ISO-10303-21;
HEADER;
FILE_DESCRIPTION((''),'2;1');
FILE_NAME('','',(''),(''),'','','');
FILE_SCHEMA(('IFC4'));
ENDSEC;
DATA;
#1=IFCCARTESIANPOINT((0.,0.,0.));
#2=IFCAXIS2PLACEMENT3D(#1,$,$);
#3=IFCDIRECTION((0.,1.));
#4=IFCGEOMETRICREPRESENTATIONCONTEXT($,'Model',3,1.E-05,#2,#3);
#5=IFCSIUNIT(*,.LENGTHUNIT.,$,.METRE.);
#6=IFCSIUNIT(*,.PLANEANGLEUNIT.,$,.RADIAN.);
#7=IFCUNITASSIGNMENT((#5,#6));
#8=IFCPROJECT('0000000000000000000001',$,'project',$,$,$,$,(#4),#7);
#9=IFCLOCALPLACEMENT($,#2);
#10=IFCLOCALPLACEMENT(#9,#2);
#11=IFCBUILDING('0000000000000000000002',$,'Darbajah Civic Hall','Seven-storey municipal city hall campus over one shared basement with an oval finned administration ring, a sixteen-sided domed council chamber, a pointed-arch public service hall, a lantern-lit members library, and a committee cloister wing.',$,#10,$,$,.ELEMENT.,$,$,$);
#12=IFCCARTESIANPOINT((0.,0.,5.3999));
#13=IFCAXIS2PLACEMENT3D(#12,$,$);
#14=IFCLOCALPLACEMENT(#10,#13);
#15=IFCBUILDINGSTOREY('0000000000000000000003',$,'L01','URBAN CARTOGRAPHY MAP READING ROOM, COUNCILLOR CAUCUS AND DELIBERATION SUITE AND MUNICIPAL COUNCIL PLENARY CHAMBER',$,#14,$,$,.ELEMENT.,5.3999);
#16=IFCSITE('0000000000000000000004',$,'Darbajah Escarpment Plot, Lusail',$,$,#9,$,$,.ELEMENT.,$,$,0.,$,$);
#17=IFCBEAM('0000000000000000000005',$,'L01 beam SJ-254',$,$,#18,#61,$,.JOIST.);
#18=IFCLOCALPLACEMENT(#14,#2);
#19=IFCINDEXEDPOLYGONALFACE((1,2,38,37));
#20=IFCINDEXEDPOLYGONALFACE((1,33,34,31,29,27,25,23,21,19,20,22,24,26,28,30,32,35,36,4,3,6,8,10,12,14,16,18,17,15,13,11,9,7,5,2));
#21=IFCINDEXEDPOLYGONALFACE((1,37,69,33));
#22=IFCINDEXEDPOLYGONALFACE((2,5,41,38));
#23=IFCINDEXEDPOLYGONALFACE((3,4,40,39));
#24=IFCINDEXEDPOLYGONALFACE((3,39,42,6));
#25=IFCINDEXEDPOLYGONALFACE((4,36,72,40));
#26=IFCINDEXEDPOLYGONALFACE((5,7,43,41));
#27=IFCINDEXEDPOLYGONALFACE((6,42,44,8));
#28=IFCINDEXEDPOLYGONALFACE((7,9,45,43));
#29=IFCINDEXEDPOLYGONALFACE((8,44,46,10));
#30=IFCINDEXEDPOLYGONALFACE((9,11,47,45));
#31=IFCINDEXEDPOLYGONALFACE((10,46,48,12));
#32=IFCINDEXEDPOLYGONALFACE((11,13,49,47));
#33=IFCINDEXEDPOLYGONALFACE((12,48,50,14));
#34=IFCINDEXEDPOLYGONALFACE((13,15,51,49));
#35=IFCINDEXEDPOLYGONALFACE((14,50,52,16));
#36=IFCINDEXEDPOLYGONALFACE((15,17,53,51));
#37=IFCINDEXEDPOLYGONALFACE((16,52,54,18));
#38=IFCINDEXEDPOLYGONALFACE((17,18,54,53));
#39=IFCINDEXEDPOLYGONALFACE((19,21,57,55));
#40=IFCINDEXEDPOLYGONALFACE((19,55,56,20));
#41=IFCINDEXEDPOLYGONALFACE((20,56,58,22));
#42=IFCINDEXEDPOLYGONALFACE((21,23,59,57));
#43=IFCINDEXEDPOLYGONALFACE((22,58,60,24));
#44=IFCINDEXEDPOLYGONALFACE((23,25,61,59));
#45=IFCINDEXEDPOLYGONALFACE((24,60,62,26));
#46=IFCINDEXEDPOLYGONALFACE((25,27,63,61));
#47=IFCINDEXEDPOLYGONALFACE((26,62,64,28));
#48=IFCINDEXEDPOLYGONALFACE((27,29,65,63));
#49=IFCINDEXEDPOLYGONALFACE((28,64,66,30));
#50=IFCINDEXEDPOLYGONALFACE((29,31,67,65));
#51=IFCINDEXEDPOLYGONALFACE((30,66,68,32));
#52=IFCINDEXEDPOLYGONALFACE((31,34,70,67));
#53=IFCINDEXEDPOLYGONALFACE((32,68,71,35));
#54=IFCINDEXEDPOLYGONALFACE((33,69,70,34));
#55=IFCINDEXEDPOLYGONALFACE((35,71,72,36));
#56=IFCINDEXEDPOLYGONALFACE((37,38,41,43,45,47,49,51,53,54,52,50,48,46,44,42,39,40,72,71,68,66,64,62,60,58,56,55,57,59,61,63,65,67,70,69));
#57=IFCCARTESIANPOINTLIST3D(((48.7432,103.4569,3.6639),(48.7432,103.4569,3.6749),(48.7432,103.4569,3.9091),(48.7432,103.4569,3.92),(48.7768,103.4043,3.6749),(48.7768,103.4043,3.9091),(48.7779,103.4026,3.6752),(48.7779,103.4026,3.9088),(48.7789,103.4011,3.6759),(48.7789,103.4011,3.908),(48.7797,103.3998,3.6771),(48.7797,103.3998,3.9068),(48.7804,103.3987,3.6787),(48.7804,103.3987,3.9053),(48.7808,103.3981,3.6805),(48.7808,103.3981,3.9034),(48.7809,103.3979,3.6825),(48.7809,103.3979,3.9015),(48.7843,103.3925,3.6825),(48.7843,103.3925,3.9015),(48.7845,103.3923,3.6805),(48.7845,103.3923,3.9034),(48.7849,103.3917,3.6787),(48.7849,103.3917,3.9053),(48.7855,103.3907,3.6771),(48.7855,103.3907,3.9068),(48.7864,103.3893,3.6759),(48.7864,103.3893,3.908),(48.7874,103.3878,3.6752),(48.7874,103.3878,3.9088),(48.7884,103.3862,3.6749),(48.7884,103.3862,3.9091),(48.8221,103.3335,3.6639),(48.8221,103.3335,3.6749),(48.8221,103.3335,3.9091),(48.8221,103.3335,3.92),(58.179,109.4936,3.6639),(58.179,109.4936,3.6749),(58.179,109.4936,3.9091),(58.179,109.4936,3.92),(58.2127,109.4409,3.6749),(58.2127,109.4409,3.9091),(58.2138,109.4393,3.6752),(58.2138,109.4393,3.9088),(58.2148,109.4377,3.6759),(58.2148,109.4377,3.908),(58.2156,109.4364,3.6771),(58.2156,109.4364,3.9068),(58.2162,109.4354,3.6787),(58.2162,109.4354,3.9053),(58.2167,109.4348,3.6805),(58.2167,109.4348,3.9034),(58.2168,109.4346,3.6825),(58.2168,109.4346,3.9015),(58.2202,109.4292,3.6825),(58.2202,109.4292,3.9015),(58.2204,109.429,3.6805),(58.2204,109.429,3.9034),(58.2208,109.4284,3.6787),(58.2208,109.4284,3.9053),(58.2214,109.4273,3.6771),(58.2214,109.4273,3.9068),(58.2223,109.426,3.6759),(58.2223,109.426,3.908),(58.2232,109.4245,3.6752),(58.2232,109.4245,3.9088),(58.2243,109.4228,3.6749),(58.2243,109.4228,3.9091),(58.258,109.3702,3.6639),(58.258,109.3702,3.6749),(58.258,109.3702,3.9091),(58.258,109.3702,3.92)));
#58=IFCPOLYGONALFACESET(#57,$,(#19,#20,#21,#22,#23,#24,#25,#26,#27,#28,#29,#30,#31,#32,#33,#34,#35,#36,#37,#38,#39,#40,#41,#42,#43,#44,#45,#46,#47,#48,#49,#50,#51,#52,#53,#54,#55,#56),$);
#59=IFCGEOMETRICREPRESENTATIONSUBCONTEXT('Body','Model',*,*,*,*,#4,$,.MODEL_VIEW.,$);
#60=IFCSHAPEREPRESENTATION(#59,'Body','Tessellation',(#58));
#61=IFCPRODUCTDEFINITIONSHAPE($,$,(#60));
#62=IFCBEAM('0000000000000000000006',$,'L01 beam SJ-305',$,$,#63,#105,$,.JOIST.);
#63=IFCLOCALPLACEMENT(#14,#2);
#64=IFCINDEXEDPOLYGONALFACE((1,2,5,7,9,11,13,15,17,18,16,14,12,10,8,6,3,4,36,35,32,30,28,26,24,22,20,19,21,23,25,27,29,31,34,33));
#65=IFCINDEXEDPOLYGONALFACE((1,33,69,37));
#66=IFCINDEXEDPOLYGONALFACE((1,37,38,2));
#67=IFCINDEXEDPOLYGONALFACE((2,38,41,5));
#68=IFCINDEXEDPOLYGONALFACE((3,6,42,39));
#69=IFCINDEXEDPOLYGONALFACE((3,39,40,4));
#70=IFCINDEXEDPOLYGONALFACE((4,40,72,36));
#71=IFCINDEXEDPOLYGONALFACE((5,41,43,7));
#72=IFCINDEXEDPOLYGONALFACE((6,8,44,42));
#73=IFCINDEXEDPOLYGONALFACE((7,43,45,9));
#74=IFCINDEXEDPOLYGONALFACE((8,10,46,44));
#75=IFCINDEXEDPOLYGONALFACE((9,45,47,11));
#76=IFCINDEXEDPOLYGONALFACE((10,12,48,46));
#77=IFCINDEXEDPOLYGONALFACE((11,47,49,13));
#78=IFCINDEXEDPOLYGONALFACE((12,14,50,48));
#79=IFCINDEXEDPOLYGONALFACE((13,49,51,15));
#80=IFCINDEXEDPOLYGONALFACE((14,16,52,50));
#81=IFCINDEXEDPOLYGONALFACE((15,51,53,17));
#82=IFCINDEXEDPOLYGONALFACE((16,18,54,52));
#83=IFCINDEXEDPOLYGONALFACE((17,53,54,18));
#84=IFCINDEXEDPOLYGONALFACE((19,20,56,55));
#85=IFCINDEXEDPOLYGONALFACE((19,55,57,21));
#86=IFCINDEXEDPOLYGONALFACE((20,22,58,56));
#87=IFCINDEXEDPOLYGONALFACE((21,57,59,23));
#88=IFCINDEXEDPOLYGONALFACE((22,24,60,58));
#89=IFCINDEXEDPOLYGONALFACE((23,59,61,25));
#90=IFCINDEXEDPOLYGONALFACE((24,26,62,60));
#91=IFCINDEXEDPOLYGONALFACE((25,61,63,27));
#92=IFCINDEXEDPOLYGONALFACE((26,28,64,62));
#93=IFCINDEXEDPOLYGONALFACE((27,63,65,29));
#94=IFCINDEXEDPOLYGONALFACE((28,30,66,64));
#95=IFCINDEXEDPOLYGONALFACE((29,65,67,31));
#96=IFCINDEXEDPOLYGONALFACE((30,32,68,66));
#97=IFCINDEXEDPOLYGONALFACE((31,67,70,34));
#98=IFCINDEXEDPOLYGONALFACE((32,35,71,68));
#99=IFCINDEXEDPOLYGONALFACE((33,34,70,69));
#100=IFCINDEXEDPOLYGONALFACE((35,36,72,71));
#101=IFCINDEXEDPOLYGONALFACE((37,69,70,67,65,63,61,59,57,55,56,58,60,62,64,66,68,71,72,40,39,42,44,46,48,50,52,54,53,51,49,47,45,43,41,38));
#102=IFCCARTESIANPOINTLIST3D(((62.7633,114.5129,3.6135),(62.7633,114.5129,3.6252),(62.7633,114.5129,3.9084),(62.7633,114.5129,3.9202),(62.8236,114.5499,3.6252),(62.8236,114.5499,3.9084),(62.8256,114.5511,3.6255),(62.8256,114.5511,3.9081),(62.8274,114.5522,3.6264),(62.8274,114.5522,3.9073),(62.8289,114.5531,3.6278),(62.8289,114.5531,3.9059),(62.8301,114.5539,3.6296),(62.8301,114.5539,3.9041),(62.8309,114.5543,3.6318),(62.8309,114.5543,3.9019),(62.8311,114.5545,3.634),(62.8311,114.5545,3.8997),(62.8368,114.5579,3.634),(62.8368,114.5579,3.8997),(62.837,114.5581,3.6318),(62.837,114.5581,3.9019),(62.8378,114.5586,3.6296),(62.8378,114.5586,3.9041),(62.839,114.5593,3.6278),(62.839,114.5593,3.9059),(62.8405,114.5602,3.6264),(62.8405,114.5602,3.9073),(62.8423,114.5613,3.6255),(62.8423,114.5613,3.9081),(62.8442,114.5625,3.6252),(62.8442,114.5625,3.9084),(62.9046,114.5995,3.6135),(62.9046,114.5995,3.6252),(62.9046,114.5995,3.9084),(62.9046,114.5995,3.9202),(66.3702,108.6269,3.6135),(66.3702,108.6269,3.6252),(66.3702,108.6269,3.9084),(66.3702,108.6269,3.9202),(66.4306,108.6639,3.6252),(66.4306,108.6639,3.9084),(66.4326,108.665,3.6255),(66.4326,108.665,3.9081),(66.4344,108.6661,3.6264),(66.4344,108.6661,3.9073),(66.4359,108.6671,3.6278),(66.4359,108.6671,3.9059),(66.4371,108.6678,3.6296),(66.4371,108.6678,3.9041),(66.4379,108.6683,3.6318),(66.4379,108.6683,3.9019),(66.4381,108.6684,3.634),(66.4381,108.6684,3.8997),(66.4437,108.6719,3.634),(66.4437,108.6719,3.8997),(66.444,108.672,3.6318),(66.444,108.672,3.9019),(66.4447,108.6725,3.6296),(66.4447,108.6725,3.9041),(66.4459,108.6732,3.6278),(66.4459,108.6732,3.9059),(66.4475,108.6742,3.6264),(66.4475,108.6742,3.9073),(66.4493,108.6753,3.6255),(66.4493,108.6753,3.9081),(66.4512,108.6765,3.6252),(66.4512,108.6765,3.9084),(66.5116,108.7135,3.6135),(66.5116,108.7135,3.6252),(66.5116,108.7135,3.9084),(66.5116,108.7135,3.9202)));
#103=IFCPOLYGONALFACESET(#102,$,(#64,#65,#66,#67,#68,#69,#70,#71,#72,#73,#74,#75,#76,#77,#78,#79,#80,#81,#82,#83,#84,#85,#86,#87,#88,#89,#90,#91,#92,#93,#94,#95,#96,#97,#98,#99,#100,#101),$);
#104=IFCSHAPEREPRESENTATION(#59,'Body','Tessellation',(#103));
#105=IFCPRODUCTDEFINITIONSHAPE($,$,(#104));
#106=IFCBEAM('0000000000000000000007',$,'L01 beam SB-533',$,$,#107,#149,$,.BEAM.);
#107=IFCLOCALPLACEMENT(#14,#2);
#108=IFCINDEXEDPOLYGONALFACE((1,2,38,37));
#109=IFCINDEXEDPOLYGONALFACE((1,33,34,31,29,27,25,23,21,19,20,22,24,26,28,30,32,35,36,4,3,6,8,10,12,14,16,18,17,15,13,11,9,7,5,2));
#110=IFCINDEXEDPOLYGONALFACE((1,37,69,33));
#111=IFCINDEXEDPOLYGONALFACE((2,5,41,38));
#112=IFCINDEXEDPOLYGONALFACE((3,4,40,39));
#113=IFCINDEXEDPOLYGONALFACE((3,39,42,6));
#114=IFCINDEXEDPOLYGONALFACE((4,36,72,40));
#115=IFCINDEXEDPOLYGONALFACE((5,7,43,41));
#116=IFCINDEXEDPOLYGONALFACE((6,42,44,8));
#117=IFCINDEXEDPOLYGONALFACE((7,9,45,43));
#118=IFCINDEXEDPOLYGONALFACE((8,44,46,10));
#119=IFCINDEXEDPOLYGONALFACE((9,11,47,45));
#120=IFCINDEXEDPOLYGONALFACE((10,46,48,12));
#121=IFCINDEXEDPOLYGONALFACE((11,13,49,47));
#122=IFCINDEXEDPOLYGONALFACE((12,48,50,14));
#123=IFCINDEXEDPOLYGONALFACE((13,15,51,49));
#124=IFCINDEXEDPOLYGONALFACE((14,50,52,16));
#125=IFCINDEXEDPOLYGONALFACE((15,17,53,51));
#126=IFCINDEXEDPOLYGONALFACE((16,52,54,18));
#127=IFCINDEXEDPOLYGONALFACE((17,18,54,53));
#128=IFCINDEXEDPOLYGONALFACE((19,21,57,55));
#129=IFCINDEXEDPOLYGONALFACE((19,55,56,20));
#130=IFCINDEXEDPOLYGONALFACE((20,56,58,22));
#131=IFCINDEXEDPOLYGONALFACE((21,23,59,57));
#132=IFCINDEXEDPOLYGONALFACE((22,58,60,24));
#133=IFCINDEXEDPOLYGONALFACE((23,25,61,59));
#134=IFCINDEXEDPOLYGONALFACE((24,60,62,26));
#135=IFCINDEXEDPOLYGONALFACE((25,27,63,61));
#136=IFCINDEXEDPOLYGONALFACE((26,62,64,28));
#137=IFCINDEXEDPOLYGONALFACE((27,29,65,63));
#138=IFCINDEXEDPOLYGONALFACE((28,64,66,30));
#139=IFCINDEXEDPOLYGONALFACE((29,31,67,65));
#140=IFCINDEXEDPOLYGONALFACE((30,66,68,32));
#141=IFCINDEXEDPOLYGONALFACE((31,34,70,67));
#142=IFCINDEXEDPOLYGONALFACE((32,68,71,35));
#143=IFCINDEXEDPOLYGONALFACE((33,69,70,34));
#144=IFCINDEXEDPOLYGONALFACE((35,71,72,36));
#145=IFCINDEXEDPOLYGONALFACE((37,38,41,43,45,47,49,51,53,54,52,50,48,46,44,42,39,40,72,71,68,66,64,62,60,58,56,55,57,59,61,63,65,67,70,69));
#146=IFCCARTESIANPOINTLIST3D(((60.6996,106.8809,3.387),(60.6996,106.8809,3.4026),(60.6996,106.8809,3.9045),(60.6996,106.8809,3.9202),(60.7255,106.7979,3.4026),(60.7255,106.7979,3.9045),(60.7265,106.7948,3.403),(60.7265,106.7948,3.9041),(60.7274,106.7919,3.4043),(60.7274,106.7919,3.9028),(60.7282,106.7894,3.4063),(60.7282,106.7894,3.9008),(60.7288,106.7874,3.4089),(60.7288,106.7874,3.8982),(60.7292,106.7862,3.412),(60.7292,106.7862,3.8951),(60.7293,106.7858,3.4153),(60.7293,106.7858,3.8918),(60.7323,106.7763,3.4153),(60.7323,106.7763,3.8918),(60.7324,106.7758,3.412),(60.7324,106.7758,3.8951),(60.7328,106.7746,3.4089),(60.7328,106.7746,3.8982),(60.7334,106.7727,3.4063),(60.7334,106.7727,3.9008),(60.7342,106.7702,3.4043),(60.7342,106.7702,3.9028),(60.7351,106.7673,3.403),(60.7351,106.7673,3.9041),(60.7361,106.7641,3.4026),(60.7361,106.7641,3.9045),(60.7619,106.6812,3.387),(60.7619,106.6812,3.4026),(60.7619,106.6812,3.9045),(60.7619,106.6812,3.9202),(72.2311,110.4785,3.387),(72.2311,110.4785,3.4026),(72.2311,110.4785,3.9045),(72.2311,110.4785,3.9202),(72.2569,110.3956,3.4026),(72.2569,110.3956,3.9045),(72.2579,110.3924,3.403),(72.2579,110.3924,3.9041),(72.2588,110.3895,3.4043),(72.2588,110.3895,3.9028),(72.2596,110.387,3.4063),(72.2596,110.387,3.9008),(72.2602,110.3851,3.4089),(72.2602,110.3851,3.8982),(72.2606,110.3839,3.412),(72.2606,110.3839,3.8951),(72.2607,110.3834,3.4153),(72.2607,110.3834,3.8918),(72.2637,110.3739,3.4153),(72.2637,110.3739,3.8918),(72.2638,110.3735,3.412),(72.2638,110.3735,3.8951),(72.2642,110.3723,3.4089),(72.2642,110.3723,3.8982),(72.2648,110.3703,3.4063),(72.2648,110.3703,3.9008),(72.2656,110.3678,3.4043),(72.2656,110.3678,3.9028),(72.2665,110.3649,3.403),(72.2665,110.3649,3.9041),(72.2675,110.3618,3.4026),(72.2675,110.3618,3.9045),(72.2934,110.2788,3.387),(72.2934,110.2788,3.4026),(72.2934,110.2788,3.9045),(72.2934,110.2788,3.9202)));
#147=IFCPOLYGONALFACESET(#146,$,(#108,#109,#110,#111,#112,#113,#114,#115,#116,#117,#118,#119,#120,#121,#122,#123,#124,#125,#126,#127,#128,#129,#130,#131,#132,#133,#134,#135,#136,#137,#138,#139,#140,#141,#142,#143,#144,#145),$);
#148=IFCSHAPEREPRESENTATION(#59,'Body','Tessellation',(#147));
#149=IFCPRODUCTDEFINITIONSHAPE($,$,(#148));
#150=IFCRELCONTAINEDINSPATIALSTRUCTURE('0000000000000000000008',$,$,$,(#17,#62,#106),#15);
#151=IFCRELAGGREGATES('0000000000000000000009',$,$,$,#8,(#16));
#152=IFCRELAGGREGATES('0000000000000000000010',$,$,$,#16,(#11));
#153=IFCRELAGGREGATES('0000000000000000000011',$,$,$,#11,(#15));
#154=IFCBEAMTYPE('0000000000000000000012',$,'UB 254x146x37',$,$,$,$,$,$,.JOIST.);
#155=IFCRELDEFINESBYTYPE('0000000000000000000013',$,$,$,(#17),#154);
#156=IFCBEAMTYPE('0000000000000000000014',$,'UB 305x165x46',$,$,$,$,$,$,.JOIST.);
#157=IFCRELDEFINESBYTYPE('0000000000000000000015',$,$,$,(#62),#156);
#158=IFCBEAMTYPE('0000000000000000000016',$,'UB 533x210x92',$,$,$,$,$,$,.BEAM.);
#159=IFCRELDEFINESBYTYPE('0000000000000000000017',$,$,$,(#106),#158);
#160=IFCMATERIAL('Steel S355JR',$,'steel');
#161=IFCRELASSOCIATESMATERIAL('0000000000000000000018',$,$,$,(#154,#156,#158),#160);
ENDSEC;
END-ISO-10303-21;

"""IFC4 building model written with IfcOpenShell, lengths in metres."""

from ifc_helpers import new_model, si_unit, direction, frame, origin, origin_2d, place, context, subcontext, project, spatial, i_section, extrude, material, material_profile, profile_set, type_object, element, save


model = new_model("IFC4")

# Units and contexts
model_context = context("Model", 3, precision=1e-05, world=origin(), true_north=direction((0.0, 1.0)))
body_context = subcontext(model_context, "Body", "Model", "MODEL_VIEW")
ifc_project = project(units=[si_unit("LENGTHUNIT", "METRE"), si_unit("PLANEANGLEUNIT", "RADIAN")], contexts=[model_context])

# Site, building, storey
site_placement = place(None, origin())
site = spatial("IfcSite", under=ifc_project, at=site_placement, Name="Darbajah Escarpment Plot, Lusail", CompositionType="ELEMENT", RefElevation=0.0)
building_placement = place(site_placement, origin())
building = spatial("IfcBuilding", under=site, at=building_placement, Name="Darbajah Civic Hall", Description="Seven-storey municipal city hall campus over one shared basement with an oval finned administration ring, a sixteen-sided domed council chamber, a pointed-arch public service hall, a lantern-lit members library, and a committee cloister wing.", CompositionType="ELEMENT")
storey_placement = place(building_placement, frame((0.0, 0.0, 5.3999)))
storey = spatial("IfcBuildingStorey", under=building, at=storey_placement, Name="L01", Description="URBAN CARTOGRAPHY MAP READING ROOM, COUNCILLOR CAUCUS AND DELIBERATION SUITE AND MUNICIPAL COUNCIL PLENARY CHAMBER", CompositionType="ELEMENT", Elevation=5.3999)

# Beams
ifc_material_1 = material(Name="Steel S355JR", Category="steel")
ifc_material_profile_1 = material_profile(ifc_material_1, i_section(OverallWidth=0.1465, OverallDepth=0.2561, WebThickness=0.0063, FlangeThickness=0.011, FilletRadius=0.0076, at=origin_2d()), Name="UB 254x146x37")
ifc_profile_set_1 = profile_set([ifc_material_profile_1], Name="Steel S355JR")
beam_type_1 = type_object("IfcBeamType", Name="UB 254x146x37", PredefinedType="JOIST", material=ifc_profile_set_1)
beam_1_placement = place(storey_placement, frame((58.2185, 109.4319, 3.792), z_axis=(-0.842364, -0.538909, 0.0), x_axis=(0.538909, -0.842364, 0.0)))
element("IfcBeam", 1, at=beam_1_placement, inside=storey, type_object=beam_type_1, Name="L01 beam SJ-254", PredefinedType="JOIST", context=body_context, shape_type="SweptSolid", body=[
    extrude(i_section(OverallWidth=0.1465, OverallDepth=0.2561, WebThickness=0.0063, FlangeThickness=0.011, FilletRadius=0.0076, at=origin_2d()), origin(), (0.0, 0.0, 1.0), 11.2017),
])
ifc_material_profile_2 = material_profile(ifc_material_1, i_section(OverallWidth=0.1658, OverallDepth=0.3066, WebThickness=0.0066, FlangeThickness=0.0117, FilletRadius=0.0088, at=origin_2d()), Name="UB 305x165x46")
ifc_profile_set_2 = profile_set([ifc_material_profile_2], Name="Steel S355JR")
beam_type_2 = type_object("IfcBeamType", Name="UB 305x165x46", PredefinedType="JOIST", material=ifc_profile_set_2)
beam_2_placement = place(storey_placement, frame((66.4409, 108.6702, 3.7668), z_axis=(-0.522498, 0.85264, 0.0), x_axis=(-0.85264, -0.522498, 0.0)))
element("IfcBeam", 2, at=beam_2_placement, inside=storey, type_object=beam_type_2, Name="L01 beam SJ-305", PredefinedType="JOIST", context=body_context, shape_type="SweptSolid", body=[
    extrude(i_section(OverallWidth=0.1658, OverallDepth=0.3066, WebThickness=0.0066, FlangeThickness=0.0117, FilletRadius=0.0088, at=origin_2d()), origin(), (0.0, 0.0, 1.0), 6.9033),
])
ifc_material_profile_3 = material_profile(ifc_material_1, i_section(OverallWidth=0.2092, OverallDepth=0.5332, WebThickness=0.01, FlangeThickness=0.0156, FilletRadius=0.0127, at=origin_2d()), Name="UB 533x210x92")
ifc_profile_set_3 = profile_set([ifc_material_profile_3], Name="Steel S355JR")
beam_type_3 = type_object("IfcBeamType", Name="UB 533x210x92", PredefinedType="BEAM", material=ifc_profile_set_3)
beam_3_placement = place(storey_placement, frame((72.2622, 110.3787, 3.6536), z_axis=(-0.95462, -0.297827, 0.0), x_axis=(0.297827, -0.95462, 0.0)))
element("IfcBeam", 3, at=beam_3_placement, inside=storey, type_object=beam_type_3, Name="L01 beam SB-533", PredefinedType="BEAM", context=body_context, shape_type="SweptSolid", body=[
    extrude(i_section(OverallWidth=0.2092, OverallDepth=0.5332, WebThickness=0.01, FlangeThickness=0.0156, FilletRadius=0.0127, at=origin_2d()), origin(), (0.0, 0.0, 1.0), 12.0796),
])

save(model, "model.ifc")
